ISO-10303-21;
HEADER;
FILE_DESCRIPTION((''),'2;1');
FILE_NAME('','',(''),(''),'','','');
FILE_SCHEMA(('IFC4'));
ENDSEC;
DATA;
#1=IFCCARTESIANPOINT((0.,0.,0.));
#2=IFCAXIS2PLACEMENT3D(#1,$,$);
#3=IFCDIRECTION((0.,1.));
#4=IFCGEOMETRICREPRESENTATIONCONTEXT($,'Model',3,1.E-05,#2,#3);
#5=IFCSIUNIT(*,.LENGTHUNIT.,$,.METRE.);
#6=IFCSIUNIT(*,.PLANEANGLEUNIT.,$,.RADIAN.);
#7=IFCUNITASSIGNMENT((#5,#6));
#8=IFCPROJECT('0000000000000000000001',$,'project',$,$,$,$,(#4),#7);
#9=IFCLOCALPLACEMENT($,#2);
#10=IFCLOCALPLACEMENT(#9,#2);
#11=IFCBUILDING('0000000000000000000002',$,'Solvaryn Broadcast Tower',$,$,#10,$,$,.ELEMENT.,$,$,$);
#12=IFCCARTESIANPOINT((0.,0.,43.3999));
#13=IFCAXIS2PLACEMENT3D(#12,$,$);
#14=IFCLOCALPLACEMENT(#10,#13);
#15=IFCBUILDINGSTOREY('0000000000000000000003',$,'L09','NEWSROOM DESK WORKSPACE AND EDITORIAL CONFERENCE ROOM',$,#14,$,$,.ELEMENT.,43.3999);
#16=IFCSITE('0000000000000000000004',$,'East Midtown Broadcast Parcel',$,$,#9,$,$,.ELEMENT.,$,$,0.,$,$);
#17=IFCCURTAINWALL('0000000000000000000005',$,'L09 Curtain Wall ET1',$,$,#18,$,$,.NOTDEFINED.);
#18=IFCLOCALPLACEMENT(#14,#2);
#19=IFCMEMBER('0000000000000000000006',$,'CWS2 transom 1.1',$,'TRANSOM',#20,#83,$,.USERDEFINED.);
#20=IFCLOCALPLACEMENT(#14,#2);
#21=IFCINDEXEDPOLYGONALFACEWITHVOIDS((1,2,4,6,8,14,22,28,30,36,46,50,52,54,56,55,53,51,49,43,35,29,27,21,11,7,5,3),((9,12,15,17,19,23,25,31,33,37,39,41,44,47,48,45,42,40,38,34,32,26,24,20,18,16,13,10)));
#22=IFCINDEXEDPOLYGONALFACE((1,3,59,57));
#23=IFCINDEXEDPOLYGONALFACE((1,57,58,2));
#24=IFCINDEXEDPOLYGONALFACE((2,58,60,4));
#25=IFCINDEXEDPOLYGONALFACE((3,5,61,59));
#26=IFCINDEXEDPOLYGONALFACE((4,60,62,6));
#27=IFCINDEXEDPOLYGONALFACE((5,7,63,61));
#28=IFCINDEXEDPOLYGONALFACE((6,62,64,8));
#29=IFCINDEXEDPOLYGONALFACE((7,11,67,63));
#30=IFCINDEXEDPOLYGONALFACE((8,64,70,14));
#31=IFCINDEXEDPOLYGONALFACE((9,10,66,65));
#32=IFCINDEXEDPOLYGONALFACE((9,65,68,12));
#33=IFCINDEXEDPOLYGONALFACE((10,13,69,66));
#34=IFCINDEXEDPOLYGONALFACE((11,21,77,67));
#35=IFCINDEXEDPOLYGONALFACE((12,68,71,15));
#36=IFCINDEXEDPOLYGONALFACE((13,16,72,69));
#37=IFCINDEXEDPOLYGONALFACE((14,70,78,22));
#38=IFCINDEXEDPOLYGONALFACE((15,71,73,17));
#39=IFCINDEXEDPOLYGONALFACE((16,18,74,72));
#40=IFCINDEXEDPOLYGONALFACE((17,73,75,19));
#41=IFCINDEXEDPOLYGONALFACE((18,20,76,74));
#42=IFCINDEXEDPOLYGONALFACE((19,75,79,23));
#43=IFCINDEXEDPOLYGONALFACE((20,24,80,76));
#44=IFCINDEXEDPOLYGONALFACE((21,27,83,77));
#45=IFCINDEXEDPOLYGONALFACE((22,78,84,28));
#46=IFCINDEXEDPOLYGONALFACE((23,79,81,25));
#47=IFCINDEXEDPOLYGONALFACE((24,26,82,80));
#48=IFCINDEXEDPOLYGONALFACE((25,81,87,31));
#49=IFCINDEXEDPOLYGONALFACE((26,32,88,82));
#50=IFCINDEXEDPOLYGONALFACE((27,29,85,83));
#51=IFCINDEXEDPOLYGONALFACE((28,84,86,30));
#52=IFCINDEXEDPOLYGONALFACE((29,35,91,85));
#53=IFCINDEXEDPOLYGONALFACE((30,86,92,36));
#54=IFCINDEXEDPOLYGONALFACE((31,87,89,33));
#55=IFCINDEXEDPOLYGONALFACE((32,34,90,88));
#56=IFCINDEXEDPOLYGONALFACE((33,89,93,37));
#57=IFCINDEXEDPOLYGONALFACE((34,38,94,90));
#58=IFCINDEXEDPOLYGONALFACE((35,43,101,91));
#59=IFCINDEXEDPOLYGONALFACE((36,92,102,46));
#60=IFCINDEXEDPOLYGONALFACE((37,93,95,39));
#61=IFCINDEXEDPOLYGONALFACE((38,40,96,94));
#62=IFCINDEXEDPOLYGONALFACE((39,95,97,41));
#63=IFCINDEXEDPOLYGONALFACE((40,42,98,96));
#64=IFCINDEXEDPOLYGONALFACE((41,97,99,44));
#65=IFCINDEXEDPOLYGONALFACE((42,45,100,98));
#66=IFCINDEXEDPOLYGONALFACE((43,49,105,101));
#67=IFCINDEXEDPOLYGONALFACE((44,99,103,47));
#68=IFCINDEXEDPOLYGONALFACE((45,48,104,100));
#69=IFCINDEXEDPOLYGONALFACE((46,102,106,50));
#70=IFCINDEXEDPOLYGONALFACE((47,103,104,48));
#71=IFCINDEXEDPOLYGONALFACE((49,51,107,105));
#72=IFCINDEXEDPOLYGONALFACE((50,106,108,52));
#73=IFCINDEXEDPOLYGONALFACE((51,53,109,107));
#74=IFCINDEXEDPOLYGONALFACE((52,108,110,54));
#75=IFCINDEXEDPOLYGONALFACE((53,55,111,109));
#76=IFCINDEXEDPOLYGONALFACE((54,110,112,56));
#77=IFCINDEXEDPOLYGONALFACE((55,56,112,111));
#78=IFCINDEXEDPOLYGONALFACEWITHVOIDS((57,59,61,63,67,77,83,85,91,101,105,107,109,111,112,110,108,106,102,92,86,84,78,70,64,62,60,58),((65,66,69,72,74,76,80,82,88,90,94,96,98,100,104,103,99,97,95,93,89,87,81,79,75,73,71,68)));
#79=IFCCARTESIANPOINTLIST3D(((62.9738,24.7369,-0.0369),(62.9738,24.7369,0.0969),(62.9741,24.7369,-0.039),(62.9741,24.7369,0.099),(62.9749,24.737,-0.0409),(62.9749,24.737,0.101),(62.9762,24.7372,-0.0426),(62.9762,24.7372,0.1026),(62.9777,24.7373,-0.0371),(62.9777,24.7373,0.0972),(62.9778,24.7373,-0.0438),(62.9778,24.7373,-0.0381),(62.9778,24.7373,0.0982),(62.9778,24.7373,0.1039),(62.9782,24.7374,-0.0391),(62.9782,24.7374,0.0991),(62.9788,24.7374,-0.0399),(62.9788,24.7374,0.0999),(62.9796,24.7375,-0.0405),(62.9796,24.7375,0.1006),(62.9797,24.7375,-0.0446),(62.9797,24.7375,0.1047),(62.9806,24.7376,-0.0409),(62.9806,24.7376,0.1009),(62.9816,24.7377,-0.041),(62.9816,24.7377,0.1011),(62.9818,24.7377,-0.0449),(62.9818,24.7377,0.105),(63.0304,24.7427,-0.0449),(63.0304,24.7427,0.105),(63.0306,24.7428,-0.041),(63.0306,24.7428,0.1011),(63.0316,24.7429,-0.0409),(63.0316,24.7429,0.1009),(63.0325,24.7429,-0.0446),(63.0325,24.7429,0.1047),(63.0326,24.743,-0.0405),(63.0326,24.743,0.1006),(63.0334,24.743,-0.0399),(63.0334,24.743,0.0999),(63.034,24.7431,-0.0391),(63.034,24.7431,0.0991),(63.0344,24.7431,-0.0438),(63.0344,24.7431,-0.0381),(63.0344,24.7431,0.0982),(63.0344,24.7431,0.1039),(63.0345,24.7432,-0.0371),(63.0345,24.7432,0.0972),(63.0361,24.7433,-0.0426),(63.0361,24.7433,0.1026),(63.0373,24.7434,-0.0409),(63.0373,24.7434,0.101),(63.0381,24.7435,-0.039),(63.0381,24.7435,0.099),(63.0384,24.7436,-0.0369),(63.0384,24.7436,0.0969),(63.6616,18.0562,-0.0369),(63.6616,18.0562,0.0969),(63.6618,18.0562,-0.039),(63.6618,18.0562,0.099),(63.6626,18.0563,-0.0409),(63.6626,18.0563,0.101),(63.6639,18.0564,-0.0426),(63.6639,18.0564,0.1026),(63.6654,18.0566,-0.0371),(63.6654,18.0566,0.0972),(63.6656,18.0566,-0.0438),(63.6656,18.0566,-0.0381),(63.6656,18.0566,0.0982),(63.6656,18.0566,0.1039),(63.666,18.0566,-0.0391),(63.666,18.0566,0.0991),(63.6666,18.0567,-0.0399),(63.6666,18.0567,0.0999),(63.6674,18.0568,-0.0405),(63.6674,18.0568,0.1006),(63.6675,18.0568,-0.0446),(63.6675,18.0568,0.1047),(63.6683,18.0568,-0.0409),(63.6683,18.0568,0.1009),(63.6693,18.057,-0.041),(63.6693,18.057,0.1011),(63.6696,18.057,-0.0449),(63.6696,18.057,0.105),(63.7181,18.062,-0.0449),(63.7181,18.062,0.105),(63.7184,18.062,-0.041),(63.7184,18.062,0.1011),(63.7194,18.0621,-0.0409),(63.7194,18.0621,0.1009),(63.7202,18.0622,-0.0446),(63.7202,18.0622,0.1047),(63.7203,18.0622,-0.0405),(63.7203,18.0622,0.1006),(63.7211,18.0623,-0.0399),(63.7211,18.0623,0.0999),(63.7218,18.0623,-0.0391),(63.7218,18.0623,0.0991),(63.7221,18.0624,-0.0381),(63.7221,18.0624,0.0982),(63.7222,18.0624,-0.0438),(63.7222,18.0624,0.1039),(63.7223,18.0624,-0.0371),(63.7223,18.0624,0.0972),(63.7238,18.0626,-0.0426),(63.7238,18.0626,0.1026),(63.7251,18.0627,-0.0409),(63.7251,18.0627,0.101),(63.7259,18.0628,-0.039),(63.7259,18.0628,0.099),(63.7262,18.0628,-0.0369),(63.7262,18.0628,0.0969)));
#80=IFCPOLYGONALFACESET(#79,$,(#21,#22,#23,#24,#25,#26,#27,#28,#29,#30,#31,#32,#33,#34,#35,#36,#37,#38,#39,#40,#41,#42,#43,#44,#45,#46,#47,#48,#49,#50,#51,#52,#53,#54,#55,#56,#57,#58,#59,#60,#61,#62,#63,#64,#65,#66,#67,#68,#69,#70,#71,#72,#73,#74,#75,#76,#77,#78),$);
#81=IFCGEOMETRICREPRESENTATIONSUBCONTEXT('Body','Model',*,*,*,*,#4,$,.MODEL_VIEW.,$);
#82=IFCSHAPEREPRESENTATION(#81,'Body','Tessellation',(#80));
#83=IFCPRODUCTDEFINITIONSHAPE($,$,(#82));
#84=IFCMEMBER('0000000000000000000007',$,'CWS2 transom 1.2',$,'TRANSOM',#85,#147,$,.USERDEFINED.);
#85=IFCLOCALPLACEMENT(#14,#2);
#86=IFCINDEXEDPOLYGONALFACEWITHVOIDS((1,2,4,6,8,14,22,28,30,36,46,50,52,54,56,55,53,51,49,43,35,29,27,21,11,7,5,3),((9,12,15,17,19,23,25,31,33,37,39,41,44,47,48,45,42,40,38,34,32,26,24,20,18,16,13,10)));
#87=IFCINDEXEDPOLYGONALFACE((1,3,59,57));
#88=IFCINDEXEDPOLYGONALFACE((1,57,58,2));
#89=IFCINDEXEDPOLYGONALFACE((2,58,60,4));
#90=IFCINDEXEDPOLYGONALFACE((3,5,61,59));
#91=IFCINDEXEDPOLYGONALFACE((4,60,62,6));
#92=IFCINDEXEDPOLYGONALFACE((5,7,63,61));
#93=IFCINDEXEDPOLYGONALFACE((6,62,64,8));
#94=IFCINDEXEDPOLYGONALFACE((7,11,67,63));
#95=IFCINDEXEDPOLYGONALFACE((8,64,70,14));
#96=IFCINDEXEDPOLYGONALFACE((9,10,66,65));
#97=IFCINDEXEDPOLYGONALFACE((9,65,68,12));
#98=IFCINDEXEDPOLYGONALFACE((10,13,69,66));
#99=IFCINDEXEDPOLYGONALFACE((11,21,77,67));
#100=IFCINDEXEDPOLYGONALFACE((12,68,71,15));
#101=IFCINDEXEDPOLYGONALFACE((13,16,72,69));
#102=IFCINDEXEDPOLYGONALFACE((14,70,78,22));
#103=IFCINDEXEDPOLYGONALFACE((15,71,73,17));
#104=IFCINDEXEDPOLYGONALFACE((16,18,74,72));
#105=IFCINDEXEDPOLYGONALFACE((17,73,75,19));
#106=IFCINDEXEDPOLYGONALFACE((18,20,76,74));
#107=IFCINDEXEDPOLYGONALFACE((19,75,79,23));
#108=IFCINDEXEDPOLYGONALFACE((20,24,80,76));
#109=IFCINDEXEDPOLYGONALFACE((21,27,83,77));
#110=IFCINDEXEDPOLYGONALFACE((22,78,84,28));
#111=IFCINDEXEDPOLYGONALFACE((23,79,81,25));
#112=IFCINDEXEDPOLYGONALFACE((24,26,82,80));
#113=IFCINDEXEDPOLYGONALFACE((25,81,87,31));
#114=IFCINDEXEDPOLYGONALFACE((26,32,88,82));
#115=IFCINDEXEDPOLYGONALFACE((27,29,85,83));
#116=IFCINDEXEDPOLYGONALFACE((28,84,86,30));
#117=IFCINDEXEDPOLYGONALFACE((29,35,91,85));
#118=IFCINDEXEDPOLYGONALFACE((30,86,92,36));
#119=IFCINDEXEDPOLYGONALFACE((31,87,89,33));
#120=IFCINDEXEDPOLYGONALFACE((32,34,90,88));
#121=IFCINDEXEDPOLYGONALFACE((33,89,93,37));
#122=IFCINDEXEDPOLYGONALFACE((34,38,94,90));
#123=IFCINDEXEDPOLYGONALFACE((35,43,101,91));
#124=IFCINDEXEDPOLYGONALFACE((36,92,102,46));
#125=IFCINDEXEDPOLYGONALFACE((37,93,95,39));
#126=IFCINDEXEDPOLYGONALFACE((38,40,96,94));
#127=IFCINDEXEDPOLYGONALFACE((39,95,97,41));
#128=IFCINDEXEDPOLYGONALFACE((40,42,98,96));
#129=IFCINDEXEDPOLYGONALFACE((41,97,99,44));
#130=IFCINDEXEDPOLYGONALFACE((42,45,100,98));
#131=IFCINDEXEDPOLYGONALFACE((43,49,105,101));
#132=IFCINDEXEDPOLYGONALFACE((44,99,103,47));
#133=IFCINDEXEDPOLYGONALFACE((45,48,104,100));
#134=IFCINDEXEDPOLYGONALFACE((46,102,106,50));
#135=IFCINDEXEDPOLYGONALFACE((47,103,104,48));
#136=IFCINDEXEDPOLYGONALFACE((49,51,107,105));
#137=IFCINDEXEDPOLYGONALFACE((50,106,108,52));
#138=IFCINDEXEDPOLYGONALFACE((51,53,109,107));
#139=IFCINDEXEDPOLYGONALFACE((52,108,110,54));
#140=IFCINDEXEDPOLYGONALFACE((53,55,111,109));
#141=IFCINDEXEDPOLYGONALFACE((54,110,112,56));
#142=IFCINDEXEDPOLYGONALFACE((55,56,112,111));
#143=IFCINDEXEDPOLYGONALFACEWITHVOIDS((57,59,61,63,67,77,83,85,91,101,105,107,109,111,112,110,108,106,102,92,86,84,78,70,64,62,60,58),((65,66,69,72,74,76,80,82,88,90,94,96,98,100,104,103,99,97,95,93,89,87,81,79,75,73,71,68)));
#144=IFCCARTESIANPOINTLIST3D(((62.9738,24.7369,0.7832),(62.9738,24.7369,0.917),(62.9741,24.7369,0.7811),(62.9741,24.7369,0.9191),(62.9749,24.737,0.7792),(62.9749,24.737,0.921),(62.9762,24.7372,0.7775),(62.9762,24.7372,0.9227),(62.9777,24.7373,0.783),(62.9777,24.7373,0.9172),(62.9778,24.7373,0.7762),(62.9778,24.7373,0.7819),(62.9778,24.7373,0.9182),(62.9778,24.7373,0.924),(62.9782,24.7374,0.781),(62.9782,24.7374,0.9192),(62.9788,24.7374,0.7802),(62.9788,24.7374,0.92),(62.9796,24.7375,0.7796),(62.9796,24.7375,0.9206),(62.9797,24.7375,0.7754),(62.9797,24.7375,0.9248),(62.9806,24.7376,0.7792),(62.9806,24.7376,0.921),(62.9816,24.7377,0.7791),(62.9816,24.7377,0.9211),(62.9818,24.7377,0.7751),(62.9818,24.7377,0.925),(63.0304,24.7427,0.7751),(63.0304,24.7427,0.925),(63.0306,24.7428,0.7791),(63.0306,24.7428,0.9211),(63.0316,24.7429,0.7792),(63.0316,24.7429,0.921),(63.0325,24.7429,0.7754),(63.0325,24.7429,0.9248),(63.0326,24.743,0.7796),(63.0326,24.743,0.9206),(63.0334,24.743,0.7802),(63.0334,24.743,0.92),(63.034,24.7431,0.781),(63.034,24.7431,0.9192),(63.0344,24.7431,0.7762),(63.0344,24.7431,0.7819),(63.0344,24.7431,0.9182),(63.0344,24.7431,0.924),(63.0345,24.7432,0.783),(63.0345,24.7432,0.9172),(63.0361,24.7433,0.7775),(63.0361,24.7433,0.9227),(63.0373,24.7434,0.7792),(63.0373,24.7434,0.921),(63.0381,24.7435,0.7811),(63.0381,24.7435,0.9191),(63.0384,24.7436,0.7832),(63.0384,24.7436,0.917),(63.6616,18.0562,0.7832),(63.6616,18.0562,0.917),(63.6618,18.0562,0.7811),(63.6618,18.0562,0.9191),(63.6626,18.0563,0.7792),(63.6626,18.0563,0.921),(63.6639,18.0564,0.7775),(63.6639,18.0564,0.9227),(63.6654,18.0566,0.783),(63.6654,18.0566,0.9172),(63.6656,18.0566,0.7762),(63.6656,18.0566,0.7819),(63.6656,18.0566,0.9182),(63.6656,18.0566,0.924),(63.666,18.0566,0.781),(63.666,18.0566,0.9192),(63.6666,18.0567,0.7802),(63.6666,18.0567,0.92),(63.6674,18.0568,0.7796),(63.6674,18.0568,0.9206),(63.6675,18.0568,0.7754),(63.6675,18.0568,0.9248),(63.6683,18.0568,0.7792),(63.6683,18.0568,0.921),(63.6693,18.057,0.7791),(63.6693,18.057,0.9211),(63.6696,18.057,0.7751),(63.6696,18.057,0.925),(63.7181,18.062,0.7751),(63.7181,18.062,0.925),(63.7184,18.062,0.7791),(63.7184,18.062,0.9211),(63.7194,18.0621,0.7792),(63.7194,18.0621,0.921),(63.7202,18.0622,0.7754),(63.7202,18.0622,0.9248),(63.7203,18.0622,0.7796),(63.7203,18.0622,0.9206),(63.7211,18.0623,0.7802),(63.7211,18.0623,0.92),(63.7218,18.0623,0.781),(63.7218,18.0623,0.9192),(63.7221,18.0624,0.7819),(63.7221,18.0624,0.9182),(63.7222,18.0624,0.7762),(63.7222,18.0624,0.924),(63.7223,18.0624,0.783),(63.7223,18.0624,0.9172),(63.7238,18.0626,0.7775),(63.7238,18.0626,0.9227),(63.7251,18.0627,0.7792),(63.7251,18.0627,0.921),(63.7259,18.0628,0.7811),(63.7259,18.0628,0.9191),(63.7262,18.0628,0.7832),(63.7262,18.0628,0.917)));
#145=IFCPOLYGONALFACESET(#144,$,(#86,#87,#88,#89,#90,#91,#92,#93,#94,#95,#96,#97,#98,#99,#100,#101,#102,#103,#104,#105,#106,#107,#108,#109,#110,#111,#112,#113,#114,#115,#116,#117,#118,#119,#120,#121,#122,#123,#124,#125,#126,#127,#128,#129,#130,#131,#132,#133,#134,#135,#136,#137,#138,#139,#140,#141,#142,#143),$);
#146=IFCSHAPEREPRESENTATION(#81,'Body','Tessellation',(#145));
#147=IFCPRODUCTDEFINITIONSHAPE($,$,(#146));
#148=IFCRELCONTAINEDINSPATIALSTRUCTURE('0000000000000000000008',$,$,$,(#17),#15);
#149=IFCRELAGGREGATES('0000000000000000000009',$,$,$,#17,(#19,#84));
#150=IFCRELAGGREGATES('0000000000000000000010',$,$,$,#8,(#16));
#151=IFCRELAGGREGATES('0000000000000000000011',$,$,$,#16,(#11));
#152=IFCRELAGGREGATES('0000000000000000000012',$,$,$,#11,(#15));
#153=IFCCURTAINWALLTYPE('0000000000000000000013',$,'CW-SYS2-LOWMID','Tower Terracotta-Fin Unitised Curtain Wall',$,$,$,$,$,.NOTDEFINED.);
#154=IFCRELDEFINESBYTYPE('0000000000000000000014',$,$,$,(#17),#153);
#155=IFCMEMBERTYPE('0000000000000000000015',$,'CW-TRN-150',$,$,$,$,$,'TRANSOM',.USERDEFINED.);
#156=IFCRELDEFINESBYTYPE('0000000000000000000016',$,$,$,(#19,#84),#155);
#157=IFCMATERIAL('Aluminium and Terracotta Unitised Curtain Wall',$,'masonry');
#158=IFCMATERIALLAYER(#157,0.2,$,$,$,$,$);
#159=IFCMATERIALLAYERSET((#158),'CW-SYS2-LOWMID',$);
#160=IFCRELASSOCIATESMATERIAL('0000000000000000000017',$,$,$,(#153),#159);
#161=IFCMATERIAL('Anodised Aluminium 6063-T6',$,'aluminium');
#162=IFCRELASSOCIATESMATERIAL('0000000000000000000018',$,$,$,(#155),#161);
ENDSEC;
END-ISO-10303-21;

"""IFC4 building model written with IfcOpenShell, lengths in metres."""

from ifc_helpers import new_model, si_unit, direction, frame, origin, origin_2d, place, context, subcontext, project, spatial, hollow_rectangle, extrude, material, layer, layer_set, material_profile, profile_set, type_object, element, aggregate, save


model = new_model("IFC4")

# Units and contexts
model_context = context("Model", 3, precision=1e-05, world=origin(), true_north=direction((0.0, 1.0)))
body_context = subcontext(model_context, "Body", "Model", "MODEL_VIEW")
ifc_project = project(units=[si_unit("LENGTHUNIT", "METRE"), si_unit("PLANEANGLEUNIT", "RADIAN")], contexts=[model_context])

# Site, building, storey
site_placement = place(None, origin())
site = spatial("IfcSite", under=ifc_project, at=site_placement, Name="East Midtown Broadcast Parcel", CompositionType="ELEMENT", RefElevation=0.0)
building_placement = place(site_placement, origin())
building = spatial("IfcBuilding", under=site, at=building_placement, Name="Solvaryn Broadcast Tower", CompositionType="ELEMENT")
storey_placement = place(building_placement, frame((0.0, 0.0, 43.3999)))
storey = spatial("IfcBuildingStorey", under=building, at=storey_placement, Name="L09", Description="NEWSROOM DESK WORKSPACE AND EDITORIAL CONFERENCE ROOM", CompositionType="ELEMENT", Elevation=43.3999)

# Curtain wall
ifc_material_1 = material(Name="Aluminium and Terracotta Unitised Curtain Wall", Category="masonry")
ifc_layer_1 = layer(ifc_material_1, 0.2)
ifc_layer_set_1 = layer_set([ifc_layer_1], Name="CW-SYS2-LOWMID")
curtain_wall_type = type_object("IfcCurtainWallType", Name="CW-SYS2-LOWMID", Description="Tower Terracotta-Fin Unitised Curtain Wall", PredefinedType="NOTDEFINED", material=ifc_layer_set_1)
curtain_wall_1_placement = place(storey_placement, origin())
curtain_wall_1 = element("IfcCurtainWall", 1, at=curtain_wall_1_placement, inside=storey, type_object=curtain_wall_type, Name="L09 Curtain Wall ET1", PredefinedType="NOTDEFINED")

# Members
ifc_material_2 = material(Name="Anodised Aluminium 6063-T6", Category="aluminium")
ifc_material_profile_1 = material_profile(ifc_material_2, hollow_rectangle(XDim=0.0649, YDim=0.1499, WallThickness=0.0039, InnerFilletRadius=0.0039, OuterFilletRadius=0.0081, at=origin_2d()))
ifc_profile_set_1 = profile_set([ifc_material_profile_1], Name="Anodised Aluminium 6063-T6")
member_type_1 = type_object("IfcMemberType", Name="CW-TRN-150", ElementType="TRANSOM", PredefinedType="USERDEFINED", material=ifc_profile_set_1)
member_1_placement = place(storey_placement, frame((63.0061, 24.7402, 0.03), z_axis=(0.102404, -0.994743, 0.0), x_axis=(0.994743, 0.102404, 0.0)))
member_1 = element("IfcMember", 2, at=member_1_placement, type_object=member_type_1, Name="CWS2 transom 1.1", ObjectType="TRANSOM", PredefinedType="USERDEFINED", context=body_context, shape_type="SweptSolid", body=[
    extrude(hollow_rectangle(XDim=0.0649, YDim=0.1499, WallThickness=0.0039, InnerFilletRadius=0.0039, OuterFilletRadius=0.0081, at=origin_2d()), origin(), (0.0, 0.0, 1.0), 6.7161),
])
member_2_placement = place(storey_placement, frame((63.0061, 24.7402, 0.8501), z_axis=(0.102404, -0.994743, 0.0), x_axis=(0.994743, 0.102404, 0.0)))
member_2 = element("IfcMember", 3, at=member_2_placement, type_object=member_type_1, Name="CWS2 transom 1.2", ObjectType="TRANSOM", PredefinedType="USERDEFINED", context=body_context, shape_type="SweptSolid", body=[
    extrude(hollow_rectangle(XDim=0.0649, YDim=0.1499, WallThickness=0.0039, InnerFilletRadius=0.0039, OuterFilletRadius=0.0081, at=origin_2d()), origin(), (0.0, 0.0, 1.0), 6.7161),
])

aggregate(curtain_wall_1, [member_1, member_2])

save(model, "model.ifc")
